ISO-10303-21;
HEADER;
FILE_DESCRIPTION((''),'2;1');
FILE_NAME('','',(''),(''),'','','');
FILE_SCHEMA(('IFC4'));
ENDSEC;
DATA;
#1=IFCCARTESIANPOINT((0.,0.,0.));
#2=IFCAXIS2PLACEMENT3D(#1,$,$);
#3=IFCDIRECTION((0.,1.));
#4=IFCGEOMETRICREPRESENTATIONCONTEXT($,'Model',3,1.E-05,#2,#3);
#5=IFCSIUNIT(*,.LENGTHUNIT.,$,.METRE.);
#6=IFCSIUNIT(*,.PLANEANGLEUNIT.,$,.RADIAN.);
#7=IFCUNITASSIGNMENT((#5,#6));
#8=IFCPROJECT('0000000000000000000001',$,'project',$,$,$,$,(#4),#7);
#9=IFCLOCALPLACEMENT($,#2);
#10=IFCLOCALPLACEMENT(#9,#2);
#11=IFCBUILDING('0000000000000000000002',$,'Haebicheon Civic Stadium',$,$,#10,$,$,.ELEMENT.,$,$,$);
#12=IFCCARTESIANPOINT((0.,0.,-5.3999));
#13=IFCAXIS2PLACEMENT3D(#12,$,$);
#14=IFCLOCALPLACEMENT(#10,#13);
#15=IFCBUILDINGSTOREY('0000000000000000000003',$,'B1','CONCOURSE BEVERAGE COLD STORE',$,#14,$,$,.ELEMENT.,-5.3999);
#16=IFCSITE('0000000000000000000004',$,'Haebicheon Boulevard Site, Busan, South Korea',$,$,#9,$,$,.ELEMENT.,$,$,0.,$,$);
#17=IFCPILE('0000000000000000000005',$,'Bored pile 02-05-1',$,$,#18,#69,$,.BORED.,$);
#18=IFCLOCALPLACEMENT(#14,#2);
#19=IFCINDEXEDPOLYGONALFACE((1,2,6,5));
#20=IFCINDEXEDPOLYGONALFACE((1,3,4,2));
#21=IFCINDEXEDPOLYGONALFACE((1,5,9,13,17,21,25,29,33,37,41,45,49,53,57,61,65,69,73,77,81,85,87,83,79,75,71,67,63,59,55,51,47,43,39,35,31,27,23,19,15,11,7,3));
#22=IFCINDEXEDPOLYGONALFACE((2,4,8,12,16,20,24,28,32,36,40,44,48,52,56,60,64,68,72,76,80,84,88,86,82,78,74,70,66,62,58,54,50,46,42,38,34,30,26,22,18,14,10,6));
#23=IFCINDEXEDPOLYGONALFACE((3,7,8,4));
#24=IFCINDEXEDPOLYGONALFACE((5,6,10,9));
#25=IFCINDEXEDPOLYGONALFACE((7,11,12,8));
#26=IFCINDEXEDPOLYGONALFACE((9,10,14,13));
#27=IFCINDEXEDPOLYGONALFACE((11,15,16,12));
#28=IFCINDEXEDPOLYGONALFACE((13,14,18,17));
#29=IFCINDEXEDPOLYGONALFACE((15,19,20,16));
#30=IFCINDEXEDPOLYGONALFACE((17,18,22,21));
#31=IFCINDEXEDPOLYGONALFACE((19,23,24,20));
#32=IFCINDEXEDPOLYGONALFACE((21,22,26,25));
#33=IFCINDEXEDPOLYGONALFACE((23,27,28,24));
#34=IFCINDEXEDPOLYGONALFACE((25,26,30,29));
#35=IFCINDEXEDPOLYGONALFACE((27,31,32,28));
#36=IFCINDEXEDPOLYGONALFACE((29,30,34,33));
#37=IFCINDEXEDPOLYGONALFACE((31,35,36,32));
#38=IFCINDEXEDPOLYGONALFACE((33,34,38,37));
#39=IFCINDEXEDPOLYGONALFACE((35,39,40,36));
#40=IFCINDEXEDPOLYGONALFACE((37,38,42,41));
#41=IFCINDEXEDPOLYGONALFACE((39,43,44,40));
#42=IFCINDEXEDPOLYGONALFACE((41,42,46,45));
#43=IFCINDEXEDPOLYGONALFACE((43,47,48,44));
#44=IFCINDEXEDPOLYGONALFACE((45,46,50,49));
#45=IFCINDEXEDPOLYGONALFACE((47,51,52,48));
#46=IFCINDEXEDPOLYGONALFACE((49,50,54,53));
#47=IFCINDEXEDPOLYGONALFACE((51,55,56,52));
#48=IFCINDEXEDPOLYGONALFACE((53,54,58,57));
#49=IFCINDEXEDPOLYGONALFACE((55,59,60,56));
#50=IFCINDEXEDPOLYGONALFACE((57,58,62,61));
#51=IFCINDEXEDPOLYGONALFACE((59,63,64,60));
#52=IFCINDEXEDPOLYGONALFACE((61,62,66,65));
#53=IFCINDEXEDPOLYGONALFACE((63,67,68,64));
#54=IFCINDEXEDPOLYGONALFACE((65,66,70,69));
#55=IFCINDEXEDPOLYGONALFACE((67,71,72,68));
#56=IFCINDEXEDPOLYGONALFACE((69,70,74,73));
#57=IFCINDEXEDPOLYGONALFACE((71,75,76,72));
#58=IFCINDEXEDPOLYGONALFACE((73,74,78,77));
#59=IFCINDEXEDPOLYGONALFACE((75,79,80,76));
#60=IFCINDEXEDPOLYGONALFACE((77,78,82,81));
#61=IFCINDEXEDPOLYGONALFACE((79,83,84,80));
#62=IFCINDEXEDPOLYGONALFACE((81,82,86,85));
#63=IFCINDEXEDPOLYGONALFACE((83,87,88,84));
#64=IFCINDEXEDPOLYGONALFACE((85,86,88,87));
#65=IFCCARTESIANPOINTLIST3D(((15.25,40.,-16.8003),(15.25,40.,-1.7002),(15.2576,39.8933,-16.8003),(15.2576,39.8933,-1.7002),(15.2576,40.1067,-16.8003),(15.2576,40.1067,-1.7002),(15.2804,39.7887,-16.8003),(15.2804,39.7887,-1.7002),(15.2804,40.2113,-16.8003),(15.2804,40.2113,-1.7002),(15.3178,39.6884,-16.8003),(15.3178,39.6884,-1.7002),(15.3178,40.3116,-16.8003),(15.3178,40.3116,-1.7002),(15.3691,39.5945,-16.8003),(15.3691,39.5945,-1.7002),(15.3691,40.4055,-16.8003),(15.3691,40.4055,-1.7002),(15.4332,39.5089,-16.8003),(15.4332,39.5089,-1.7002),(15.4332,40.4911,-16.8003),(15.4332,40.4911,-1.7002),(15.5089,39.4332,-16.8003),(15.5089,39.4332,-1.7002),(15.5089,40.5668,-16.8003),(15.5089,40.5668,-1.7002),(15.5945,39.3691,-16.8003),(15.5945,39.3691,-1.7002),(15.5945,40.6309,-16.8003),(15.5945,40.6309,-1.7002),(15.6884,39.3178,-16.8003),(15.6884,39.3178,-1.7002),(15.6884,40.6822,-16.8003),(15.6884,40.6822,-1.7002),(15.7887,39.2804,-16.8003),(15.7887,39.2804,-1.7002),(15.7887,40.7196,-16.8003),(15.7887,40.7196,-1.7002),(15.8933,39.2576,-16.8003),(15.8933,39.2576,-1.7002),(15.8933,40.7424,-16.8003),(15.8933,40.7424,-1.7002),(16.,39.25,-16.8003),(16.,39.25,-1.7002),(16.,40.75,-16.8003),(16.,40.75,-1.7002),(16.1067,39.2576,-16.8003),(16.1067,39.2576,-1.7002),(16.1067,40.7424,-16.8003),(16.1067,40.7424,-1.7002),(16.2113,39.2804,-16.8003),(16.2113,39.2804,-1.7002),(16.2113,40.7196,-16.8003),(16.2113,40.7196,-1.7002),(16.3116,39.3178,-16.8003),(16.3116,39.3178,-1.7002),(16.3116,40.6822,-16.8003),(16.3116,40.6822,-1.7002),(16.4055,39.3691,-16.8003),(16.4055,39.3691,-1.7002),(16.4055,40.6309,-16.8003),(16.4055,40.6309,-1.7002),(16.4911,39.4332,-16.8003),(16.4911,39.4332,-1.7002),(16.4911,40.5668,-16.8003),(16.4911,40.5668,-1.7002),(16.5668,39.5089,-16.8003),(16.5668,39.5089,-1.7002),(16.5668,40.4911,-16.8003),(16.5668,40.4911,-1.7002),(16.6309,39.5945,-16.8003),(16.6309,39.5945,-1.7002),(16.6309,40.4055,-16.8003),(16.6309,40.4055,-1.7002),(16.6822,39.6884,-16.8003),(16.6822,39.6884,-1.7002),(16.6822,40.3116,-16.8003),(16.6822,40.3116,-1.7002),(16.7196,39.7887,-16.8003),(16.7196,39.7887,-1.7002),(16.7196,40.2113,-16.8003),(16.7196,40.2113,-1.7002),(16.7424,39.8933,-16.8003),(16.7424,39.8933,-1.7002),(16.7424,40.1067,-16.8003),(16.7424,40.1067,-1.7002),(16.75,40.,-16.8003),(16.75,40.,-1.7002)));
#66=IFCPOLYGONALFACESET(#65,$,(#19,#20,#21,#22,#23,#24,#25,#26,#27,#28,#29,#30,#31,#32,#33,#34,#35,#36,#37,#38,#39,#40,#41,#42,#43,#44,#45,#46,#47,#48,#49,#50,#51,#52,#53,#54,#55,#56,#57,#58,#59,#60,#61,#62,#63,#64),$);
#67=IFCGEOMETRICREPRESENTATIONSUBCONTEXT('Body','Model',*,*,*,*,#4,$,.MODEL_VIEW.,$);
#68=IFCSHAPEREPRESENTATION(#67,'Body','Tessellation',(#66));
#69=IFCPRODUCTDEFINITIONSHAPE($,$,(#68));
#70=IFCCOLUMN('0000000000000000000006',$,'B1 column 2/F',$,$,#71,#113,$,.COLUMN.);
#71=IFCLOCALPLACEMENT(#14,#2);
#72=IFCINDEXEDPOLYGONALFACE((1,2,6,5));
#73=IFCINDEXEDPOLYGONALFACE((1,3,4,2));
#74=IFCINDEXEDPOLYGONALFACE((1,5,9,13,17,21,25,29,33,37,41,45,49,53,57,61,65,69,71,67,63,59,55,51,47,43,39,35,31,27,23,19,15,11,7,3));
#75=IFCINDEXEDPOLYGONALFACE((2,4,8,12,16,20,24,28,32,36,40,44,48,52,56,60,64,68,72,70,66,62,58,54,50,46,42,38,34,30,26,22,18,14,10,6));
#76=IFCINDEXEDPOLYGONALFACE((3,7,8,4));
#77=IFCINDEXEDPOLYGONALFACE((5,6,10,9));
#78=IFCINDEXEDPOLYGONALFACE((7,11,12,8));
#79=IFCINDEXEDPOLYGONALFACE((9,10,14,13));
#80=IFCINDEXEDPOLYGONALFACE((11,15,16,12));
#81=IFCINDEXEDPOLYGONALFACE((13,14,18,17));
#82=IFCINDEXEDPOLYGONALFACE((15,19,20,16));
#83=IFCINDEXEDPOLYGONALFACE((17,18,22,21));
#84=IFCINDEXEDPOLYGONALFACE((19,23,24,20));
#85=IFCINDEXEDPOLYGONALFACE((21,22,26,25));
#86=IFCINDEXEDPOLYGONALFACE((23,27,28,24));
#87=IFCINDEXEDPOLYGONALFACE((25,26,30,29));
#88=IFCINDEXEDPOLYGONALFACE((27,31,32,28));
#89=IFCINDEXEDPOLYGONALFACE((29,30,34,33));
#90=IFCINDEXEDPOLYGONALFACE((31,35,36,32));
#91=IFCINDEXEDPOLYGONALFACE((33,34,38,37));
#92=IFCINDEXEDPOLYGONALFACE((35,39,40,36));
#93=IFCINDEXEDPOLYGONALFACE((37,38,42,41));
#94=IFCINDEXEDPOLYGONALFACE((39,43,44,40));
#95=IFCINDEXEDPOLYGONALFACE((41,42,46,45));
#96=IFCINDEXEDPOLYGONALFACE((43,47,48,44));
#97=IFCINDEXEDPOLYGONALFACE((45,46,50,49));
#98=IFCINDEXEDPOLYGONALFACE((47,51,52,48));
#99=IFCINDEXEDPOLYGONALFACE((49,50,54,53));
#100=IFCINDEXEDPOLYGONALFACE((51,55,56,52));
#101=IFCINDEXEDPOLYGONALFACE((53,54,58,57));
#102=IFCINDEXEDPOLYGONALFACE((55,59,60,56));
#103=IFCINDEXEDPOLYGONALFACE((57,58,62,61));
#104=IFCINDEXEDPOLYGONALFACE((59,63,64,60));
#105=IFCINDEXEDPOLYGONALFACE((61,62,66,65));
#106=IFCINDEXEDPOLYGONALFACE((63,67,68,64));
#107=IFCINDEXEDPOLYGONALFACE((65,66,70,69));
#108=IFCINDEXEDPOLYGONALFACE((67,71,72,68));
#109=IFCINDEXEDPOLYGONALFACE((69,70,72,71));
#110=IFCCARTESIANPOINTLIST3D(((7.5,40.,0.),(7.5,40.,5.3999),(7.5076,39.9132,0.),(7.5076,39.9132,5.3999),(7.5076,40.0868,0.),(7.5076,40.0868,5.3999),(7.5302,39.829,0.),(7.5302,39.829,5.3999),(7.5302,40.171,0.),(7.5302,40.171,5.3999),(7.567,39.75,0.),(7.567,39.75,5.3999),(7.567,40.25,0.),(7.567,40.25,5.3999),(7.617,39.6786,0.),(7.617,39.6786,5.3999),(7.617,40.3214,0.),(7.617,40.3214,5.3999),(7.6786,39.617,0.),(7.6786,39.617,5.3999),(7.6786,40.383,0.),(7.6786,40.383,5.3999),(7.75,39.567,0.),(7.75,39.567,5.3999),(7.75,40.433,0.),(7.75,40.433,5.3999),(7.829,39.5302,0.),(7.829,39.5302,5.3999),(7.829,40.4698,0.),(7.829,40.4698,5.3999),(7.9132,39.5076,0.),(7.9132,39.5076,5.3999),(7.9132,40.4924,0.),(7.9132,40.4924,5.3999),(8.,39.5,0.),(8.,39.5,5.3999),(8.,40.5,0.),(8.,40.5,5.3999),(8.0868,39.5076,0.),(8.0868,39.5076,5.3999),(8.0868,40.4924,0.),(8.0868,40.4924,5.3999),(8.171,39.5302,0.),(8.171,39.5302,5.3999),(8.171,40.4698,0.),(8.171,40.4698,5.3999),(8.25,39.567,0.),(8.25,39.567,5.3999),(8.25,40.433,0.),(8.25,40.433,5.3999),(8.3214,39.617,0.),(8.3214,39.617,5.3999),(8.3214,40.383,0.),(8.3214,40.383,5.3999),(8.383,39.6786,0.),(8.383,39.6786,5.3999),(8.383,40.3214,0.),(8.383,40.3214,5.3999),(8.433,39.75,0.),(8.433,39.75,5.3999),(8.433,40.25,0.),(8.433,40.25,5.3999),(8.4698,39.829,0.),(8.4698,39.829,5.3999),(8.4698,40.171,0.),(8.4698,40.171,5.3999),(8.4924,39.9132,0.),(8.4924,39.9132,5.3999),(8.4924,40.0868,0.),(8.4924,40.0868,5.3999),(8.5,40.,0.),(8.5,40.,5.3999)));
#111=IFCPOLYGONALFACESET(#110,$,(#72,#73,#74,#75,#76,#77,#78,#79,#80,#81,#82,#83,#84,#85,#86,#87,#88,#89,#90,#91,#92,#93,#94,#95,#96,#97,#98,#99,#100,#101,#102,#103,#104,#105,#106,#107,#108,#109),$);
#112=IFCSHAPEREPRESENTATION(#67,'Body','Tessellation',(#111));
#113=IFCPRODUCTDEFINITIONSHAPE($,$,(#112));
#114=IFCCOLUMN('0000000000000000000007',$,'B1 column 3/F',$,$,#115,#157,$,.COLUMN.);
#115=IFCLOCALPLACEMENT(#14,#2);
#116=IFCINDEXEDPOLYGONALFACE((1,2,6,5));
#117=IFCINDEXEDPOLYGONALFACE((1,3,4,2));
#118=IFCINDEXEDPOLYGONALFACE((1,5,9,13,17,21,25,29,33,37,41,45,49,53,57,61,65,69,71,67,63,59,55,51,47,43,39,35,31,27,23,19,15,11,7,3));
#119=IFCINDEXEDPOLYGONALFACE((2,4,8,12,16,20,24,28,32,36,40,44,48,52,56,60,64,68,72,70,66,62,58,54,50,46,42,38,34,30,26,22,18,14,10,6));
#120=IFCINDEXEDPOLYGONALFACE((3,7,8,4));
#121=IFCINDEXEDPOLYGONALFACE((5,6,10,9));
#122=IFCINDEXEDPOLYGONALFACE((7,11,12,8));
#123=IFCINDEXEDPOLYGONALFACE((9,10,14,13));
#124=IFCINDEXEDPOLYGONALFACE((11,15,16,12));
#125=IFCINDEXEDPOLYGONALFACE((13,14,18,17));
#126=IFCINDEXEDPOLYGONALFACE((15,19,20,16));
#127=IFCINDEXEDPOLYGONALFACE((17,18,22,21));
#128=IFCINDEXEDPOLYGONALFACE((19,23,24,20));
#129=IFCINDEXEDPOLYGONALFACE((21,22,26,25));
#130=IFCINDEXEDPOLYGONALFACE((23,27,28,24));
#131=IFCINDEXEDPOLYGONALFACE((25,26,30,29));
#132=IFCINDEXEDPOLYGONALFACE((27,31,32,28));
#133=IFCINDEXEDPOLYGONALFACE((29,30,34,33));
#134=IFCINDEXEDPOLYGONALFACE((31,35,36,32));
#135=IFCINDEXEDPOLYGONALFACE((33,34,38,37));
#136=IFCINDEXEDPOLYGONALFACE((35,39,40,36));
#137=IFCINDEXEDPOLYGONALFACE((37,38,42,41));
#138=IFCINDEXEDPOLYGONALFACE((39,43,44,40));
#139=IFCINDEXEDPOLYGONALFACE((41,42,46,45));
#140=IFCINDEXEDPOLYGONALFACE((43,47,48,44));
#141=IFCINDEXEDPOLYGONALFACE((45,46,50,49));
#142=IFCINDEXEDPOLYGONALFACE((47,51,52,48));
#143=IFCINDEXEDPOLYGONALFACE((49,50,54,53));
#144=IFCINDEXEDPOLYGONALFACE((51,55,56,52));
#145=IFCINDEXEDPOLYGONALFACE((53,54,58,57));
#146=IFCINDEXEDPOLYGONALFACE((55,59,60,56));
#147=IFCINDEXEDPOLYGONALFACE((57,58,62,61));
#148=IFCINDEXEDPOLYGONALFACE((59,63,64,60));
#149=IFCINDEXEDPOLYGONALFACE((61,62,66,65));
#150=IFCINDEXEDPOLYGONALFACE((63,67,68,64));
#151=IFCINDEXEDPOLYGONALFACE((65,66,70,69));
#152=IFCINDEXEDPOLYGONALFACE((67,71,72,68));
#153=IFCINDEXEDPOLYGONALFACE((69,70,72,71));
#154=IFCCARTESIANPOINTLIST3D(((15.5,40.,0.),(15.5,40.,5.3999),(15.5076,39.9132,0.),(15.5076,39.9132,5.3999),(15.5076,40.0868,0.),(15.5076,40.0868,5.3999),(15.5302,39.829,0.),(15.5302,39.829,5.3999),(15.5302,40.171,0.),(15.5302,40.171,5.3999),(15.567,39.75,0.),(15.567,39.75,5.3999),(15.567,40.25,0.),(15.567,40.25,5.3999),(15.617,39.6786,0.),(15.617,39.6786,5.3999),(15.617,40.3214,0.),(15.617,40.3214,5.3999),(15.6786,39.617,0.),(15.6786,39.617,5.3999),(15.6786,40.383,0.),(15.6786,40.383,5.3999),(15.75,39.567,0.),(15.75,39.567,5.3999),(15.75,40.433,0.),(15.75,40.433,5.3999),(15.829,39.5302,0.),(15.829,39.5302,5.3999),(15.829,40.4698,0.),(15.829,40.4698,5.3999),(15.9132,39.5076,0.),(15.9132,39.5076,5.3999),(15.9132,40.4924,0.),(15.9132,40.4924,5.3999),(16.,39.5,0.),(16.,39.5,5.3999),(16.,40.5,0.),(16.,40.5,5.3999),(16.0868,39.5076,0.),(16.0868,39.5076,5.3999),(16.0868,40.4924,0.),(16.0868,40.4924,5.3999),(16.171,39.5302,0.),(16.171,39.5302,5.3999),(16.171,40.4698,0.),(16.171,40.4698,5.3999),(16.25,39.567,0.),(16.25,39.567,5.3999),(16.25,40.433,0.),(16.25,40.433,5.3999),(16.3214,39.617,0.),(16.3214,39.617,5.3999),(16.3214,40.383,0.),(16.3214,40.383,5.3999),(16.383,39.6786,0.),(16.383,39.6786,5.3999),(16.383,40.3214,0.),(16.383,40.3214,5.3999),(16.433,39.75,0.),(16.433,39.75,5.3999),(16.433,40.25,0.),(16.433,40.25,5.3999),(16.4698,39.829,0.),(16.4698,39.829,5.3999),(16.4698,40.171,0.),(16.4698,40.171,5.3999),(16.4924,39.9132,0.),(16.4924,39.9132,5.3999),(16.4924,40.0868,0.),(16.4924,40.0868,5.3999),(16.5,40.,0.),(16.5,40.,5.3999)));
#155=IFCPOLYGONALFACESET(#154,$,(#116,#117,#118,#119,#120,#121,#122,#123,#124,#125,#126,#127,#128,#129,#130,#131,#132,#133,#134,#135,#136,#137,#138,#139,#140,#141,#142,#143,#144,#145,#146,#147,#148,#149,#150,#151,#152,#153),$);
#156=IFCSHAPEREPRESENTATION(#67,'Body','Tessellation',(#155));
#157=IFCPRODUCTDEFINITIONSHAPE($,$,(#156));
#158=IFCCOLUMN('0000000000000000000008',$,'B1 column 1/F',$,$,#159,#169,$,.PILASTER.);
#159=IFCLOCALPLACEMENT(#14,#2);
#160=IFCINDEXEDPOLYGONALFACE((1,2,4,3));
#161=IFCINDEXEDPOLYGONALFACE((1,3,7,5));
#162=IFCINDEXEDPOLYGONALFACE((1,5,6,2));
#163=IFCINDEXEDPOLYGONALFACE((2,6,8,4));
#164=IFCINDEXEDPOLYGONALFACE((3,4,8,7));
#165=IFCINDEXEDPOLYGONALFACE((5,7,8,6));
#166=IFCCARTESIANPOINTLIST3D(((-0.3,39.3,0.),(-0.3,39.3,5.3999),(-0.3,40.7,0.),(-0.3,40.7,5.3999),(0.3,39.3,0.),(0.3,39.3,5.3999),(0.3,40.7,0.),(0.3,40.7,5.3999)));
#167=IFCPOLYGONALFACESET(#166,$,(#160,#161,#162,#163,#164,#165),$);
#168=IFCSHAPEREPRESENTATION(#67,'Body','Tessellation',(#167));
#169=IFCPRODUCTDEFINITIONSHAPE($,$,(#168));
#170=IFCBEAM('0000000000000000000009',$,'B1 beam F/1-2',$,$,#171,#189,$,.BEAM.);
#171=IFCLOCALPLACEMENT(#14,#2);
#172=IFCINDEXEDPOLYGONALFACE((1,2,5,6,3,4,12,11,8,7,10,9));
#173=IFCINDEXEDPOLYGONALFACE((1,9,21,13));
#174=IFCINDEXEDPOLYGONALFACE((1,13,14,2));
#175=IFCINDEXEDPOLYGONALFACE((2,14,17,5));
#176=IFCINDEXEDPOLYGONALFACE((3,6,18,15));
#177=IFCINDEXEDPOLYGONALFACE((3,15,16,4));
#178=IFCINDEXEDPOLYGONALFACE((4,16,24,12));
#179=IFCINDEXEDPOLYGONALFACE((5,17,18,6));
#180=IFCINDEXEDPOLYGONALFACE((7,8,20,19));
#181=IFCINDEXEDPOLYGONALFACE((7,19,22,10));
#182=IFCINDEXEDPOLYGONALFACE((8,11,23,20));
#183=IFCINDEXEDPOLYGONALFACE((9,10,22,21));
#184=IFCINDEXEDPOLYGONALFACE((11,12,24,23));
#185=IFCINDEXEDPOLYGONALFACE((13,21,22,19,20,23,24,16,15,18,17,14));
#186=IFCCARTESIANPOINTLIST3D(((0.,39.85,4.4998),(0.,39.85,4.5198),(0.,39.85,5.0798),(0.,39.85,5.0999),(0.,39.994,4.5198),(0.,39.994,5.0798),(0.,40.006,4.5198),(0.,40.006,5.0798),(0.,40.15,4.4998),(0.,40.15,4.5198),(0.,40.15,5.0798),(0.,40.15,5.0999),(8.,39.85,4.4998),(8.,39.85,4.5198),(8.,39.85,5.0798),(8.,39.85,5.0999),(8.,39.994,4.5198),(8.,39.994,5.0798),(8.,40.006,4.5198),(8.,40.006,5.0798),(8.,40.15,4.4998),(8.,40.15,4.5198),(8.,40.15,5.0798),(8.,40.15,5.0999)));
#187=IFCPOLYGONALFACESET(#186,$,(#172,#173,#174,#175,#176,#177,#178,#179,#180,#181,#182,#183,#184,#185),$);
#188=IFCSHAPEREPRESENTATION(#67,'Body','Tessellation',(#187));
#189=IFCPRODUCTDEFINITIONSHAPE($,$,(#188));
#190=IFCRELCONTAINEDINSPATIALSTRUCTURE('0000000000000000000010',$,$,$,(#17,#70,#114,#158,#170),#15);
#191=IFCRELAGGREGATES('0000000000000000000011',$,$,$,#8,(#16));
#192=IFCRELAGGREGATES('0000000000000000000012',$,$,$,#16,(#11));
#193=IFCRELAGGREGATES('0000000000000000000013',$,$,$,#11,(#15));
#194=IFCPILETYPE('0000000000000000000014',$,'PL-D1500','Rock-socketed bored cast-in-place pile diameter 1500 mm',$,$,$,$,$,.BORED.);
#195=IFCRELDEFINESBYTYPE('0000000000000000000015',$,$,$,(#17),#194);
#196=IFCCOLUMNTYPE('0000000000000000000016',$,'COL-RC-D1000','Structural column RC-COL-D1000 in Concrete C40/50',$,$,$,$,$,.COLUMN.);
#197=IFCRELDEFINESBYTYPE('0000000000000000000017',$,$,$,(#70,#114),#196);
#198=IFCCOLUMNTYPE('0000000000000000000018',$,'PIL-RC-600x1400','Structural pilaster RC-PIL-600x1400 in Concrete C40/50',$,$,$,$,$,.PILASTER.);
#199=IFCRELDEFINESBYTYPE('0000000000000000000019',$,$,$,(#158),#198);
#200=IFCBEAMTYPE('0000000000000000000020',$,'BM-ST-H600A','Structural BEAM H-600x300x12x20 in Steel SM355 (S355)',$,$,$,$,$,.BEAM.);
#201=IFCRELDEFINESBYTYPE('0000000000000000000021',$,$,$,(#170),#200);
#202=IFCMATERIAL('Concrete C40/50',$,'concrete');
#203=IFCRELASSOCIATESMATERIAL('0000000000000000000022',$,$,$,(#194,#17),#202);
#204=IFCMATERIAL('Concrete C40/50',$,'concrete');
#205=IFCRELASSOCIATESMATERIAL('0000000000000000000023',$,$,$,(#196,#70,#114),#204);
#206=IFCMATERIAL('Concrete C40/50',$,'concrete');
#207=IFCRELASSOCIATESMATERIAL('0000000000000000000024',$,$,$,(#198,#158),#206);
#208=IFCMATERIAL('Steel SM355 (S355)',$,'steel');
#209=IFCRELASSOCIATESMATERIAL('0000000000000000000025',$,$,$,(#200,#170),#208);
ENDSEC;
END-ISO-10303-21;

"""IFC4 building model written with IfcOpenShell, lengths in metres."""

from ifc_helpers import new_model, si_unit, direction, frame, origin, origin_2d, place, context, subcontext, project, spatial, rectangle, circle, i_section, extrude, material, material_profile, profile_set, type_object, element, save


model = new_model("IFC4")

# Units and contexts
model_context = context("Model", 3, precision=1e-05, world=origin(), true_north=direction((0.0, 1.0)))
body_context = subcontext(model_context, "Body", "Model", "MODEL_VIEW")
ifc_project = project(units=[si_unit("LENGTHUNIT", "METRE"), si_unit("PLANEANGLEUNIT", "RADIAN")], contexts=[model_context])

# Site, building, storey
site_placement = place(None, origin())
site = spatial("IfcSite", under=ifc_project, at=site_placement, Name="Haebicheon Boulevard Site, Busan, South Korea", CompositionType="ELEMENT", RefElevation=0.0)
building_placement = place(site_placement, origin())
building = spatial("IfcBuilding", under=site, at=building_placement, Name="Haebicheon Civic Stadium", CompositionType="ELEMENT")
storey_placement = place(building_placement, frame((0.0, 0.0, -5.3999)))
storey = spatial("IfcBuildingStorey", under=building, at=storey_placement, Name="B1", Description="CONCOURSE BEVERAGE COLD STORE", CompositionType="ELEMENT", Elevation=-5.3999)

# Pile
ifc_material_1 = material(Name="Concrete C40/50", Category="concrete")
ifc_material_profile_1 = material_profile(ifc_material_1, circle(Radius=0.75, at=origin_2d()), Name="PILE-D1500")
ifc_profile_set_1 = profile_set([ifc_material_profile_1], Name="Concrete C40/50")
pile_type_1 = type_object("IfcPileType", Name="PL-D1500", Description="Rock-socketed bored cast-in-place pile diameter 1500 mm", PredefinedType="BORED", material=ifc_profile_set_1)
pile_1_placement = place(storey_placement, frame((16.0, 40.0, -1.7002), z_axis=(0.0, 0.0, -1.0), x_axis=(1.0, 0.0, 0.0)))
element("IfcPile", 1, at=pile_1_placement, inside=storey, type_object=pile_type_1, material=ifc_profile_set_1, Name="Bored pile 02-05-1", PredefinedType="BORED", context=body_context, shape_type="SweptSolid", body=[
    extrude(circle(Radius=0.75, at=origin_2d()), origin(), (0.0, 0.0, 1.0), 15.1001),
])

# Columns
ifc_material_2 = material(Name="Concrete C40/50", Category="concrete")
ifc_material_profile_2 = material_profile(ifc_material_2, circle(Radius=0.5, at=origin_2d()), Name="RC-COL-D1000")
ifc_profile_set_2 = profile_set([ifc_material_profile_2], Name="Concrete C40/50")
column_type_1 = type_object("IfcColumnType", Name="COL-RC-D1000", Description="Structural column RC-COL-D1000 in Concrete C40/50", PredefinedType="COLUMN", material=ifc_profile_set_2)
for number, where, z_axis, x_axis, name in (
    (2, (8.0, 40.0, 0.0), (0.0, 0.0, 1.0), (1.0, 0.0, 0.0), "B1 column 2/F"),
    (3, (16.0, 40.0, 0.0), (0.0, 0.0, 1.0), (1.0, 0.0, 0.0), "B1 column 3/F"),
):
    element("IfcColumn", number, at=place(storey_placement, frame(where, z_axis=z_axis, x_axis=x_axis)), inside=storey, type_object=column_type_1, material=ifc_profile_set_2, Name=name, PredefinedType="COLUMN", context=body_context, shape_type="SweptSolid", body=[
        extrude(circle(Radius=0.5, at=origin_2d()), origin(), (0.0, 0.0, 1.0), 5.3999),
    ])
ifc_material_3 = material(Name="Concrete C40/50", Category="concrete")
ifc_material_profile_3 = material_profile(ifc_material_3, rectangle(XDim=0.6001, YDim=1.3999, at=origin_2d()), Name="RC-PIL-600x1400")
ifc_profile_set_3 = profile_set([ifc_material_profile_3], Name="Concrete C40/50")
column_type_2 = type_object("IfcColumnType", Name="PIL-RC-600x1400", Description="Structural pilaster RC-PIL-600x1400 in Concrete C40/50", PredefinedType="PILASTER", material=ifc_profile_set_3)
column_placement = place(storey_placement, frame((0.0, 40.0, 0.0), z_axis=(0.0, 0.0, 1.0), x_axis=(1.0, 0.0, 0.0)))
element("IfcColumn", 4, at=column_placement, inside=storey, type_object=column_type_2, material=ifc_profile_set_3, Name="B1 column 1/F", PredefinedType="PILASTER", context=body_context, shape_type="SweptSolid", body=[
    extrude(rectangle(XDim=0.6001, YDim=1.3999, at=origin_2d()), origin(), (0.0, 0.0, 1.0), 5.3999),
])

# Beam
ifc_material_4 = material(Name="Steel SM355 (S355)", Category="steel")
ifc_material_profile_4 = material_profile(ifc_material_4, i_section(OverallWidth=0.3, OverallDepth=0.6001, WebThickness=0.012, FlangeThickness=0.02, at=origin_2d()), Name="H-600x300x12x20")
ifc_profile_set_4 = profile_set([ifc_material_profile_4], Name="Steel SM355 (S355)")
beam_type_1 = type_object("IfcBeamType", Name="BM-ST-H600A", Description="Structural BEAM H-600x300x12x20 in Steel SM355 (S355)", PredefinedType="BEAM", material=ifc_profile_set_4)
for number, where, z_axis, x_axis, name in (
    (5, (0.0, 40.0, 4.7998), (1.0, 0.0, 0.0), (0.0, 1.0, 0.0), "B1 beam F/1-2"),
):
    element("IfcBeam", number, at=place(storey_placement, frame(where, z_axis=z_axis, x_axis=x_axis)), inside=storey, type_object=beam_type_1, material=ifc_profile_set_4, Name=name, PredefinedType="BEAM", context=body_context, shape_type="SweptSolid", body=[
        extrude(i_section(OverallWidth=0.3, OverallDepth=0.6001, WebThickness=0.012, FlangeThickness=0.02, at=origin_2d()), origin(), (0.0, 0.0, 1.0), 8.0),
    ])

save(model, "model.ifc")
